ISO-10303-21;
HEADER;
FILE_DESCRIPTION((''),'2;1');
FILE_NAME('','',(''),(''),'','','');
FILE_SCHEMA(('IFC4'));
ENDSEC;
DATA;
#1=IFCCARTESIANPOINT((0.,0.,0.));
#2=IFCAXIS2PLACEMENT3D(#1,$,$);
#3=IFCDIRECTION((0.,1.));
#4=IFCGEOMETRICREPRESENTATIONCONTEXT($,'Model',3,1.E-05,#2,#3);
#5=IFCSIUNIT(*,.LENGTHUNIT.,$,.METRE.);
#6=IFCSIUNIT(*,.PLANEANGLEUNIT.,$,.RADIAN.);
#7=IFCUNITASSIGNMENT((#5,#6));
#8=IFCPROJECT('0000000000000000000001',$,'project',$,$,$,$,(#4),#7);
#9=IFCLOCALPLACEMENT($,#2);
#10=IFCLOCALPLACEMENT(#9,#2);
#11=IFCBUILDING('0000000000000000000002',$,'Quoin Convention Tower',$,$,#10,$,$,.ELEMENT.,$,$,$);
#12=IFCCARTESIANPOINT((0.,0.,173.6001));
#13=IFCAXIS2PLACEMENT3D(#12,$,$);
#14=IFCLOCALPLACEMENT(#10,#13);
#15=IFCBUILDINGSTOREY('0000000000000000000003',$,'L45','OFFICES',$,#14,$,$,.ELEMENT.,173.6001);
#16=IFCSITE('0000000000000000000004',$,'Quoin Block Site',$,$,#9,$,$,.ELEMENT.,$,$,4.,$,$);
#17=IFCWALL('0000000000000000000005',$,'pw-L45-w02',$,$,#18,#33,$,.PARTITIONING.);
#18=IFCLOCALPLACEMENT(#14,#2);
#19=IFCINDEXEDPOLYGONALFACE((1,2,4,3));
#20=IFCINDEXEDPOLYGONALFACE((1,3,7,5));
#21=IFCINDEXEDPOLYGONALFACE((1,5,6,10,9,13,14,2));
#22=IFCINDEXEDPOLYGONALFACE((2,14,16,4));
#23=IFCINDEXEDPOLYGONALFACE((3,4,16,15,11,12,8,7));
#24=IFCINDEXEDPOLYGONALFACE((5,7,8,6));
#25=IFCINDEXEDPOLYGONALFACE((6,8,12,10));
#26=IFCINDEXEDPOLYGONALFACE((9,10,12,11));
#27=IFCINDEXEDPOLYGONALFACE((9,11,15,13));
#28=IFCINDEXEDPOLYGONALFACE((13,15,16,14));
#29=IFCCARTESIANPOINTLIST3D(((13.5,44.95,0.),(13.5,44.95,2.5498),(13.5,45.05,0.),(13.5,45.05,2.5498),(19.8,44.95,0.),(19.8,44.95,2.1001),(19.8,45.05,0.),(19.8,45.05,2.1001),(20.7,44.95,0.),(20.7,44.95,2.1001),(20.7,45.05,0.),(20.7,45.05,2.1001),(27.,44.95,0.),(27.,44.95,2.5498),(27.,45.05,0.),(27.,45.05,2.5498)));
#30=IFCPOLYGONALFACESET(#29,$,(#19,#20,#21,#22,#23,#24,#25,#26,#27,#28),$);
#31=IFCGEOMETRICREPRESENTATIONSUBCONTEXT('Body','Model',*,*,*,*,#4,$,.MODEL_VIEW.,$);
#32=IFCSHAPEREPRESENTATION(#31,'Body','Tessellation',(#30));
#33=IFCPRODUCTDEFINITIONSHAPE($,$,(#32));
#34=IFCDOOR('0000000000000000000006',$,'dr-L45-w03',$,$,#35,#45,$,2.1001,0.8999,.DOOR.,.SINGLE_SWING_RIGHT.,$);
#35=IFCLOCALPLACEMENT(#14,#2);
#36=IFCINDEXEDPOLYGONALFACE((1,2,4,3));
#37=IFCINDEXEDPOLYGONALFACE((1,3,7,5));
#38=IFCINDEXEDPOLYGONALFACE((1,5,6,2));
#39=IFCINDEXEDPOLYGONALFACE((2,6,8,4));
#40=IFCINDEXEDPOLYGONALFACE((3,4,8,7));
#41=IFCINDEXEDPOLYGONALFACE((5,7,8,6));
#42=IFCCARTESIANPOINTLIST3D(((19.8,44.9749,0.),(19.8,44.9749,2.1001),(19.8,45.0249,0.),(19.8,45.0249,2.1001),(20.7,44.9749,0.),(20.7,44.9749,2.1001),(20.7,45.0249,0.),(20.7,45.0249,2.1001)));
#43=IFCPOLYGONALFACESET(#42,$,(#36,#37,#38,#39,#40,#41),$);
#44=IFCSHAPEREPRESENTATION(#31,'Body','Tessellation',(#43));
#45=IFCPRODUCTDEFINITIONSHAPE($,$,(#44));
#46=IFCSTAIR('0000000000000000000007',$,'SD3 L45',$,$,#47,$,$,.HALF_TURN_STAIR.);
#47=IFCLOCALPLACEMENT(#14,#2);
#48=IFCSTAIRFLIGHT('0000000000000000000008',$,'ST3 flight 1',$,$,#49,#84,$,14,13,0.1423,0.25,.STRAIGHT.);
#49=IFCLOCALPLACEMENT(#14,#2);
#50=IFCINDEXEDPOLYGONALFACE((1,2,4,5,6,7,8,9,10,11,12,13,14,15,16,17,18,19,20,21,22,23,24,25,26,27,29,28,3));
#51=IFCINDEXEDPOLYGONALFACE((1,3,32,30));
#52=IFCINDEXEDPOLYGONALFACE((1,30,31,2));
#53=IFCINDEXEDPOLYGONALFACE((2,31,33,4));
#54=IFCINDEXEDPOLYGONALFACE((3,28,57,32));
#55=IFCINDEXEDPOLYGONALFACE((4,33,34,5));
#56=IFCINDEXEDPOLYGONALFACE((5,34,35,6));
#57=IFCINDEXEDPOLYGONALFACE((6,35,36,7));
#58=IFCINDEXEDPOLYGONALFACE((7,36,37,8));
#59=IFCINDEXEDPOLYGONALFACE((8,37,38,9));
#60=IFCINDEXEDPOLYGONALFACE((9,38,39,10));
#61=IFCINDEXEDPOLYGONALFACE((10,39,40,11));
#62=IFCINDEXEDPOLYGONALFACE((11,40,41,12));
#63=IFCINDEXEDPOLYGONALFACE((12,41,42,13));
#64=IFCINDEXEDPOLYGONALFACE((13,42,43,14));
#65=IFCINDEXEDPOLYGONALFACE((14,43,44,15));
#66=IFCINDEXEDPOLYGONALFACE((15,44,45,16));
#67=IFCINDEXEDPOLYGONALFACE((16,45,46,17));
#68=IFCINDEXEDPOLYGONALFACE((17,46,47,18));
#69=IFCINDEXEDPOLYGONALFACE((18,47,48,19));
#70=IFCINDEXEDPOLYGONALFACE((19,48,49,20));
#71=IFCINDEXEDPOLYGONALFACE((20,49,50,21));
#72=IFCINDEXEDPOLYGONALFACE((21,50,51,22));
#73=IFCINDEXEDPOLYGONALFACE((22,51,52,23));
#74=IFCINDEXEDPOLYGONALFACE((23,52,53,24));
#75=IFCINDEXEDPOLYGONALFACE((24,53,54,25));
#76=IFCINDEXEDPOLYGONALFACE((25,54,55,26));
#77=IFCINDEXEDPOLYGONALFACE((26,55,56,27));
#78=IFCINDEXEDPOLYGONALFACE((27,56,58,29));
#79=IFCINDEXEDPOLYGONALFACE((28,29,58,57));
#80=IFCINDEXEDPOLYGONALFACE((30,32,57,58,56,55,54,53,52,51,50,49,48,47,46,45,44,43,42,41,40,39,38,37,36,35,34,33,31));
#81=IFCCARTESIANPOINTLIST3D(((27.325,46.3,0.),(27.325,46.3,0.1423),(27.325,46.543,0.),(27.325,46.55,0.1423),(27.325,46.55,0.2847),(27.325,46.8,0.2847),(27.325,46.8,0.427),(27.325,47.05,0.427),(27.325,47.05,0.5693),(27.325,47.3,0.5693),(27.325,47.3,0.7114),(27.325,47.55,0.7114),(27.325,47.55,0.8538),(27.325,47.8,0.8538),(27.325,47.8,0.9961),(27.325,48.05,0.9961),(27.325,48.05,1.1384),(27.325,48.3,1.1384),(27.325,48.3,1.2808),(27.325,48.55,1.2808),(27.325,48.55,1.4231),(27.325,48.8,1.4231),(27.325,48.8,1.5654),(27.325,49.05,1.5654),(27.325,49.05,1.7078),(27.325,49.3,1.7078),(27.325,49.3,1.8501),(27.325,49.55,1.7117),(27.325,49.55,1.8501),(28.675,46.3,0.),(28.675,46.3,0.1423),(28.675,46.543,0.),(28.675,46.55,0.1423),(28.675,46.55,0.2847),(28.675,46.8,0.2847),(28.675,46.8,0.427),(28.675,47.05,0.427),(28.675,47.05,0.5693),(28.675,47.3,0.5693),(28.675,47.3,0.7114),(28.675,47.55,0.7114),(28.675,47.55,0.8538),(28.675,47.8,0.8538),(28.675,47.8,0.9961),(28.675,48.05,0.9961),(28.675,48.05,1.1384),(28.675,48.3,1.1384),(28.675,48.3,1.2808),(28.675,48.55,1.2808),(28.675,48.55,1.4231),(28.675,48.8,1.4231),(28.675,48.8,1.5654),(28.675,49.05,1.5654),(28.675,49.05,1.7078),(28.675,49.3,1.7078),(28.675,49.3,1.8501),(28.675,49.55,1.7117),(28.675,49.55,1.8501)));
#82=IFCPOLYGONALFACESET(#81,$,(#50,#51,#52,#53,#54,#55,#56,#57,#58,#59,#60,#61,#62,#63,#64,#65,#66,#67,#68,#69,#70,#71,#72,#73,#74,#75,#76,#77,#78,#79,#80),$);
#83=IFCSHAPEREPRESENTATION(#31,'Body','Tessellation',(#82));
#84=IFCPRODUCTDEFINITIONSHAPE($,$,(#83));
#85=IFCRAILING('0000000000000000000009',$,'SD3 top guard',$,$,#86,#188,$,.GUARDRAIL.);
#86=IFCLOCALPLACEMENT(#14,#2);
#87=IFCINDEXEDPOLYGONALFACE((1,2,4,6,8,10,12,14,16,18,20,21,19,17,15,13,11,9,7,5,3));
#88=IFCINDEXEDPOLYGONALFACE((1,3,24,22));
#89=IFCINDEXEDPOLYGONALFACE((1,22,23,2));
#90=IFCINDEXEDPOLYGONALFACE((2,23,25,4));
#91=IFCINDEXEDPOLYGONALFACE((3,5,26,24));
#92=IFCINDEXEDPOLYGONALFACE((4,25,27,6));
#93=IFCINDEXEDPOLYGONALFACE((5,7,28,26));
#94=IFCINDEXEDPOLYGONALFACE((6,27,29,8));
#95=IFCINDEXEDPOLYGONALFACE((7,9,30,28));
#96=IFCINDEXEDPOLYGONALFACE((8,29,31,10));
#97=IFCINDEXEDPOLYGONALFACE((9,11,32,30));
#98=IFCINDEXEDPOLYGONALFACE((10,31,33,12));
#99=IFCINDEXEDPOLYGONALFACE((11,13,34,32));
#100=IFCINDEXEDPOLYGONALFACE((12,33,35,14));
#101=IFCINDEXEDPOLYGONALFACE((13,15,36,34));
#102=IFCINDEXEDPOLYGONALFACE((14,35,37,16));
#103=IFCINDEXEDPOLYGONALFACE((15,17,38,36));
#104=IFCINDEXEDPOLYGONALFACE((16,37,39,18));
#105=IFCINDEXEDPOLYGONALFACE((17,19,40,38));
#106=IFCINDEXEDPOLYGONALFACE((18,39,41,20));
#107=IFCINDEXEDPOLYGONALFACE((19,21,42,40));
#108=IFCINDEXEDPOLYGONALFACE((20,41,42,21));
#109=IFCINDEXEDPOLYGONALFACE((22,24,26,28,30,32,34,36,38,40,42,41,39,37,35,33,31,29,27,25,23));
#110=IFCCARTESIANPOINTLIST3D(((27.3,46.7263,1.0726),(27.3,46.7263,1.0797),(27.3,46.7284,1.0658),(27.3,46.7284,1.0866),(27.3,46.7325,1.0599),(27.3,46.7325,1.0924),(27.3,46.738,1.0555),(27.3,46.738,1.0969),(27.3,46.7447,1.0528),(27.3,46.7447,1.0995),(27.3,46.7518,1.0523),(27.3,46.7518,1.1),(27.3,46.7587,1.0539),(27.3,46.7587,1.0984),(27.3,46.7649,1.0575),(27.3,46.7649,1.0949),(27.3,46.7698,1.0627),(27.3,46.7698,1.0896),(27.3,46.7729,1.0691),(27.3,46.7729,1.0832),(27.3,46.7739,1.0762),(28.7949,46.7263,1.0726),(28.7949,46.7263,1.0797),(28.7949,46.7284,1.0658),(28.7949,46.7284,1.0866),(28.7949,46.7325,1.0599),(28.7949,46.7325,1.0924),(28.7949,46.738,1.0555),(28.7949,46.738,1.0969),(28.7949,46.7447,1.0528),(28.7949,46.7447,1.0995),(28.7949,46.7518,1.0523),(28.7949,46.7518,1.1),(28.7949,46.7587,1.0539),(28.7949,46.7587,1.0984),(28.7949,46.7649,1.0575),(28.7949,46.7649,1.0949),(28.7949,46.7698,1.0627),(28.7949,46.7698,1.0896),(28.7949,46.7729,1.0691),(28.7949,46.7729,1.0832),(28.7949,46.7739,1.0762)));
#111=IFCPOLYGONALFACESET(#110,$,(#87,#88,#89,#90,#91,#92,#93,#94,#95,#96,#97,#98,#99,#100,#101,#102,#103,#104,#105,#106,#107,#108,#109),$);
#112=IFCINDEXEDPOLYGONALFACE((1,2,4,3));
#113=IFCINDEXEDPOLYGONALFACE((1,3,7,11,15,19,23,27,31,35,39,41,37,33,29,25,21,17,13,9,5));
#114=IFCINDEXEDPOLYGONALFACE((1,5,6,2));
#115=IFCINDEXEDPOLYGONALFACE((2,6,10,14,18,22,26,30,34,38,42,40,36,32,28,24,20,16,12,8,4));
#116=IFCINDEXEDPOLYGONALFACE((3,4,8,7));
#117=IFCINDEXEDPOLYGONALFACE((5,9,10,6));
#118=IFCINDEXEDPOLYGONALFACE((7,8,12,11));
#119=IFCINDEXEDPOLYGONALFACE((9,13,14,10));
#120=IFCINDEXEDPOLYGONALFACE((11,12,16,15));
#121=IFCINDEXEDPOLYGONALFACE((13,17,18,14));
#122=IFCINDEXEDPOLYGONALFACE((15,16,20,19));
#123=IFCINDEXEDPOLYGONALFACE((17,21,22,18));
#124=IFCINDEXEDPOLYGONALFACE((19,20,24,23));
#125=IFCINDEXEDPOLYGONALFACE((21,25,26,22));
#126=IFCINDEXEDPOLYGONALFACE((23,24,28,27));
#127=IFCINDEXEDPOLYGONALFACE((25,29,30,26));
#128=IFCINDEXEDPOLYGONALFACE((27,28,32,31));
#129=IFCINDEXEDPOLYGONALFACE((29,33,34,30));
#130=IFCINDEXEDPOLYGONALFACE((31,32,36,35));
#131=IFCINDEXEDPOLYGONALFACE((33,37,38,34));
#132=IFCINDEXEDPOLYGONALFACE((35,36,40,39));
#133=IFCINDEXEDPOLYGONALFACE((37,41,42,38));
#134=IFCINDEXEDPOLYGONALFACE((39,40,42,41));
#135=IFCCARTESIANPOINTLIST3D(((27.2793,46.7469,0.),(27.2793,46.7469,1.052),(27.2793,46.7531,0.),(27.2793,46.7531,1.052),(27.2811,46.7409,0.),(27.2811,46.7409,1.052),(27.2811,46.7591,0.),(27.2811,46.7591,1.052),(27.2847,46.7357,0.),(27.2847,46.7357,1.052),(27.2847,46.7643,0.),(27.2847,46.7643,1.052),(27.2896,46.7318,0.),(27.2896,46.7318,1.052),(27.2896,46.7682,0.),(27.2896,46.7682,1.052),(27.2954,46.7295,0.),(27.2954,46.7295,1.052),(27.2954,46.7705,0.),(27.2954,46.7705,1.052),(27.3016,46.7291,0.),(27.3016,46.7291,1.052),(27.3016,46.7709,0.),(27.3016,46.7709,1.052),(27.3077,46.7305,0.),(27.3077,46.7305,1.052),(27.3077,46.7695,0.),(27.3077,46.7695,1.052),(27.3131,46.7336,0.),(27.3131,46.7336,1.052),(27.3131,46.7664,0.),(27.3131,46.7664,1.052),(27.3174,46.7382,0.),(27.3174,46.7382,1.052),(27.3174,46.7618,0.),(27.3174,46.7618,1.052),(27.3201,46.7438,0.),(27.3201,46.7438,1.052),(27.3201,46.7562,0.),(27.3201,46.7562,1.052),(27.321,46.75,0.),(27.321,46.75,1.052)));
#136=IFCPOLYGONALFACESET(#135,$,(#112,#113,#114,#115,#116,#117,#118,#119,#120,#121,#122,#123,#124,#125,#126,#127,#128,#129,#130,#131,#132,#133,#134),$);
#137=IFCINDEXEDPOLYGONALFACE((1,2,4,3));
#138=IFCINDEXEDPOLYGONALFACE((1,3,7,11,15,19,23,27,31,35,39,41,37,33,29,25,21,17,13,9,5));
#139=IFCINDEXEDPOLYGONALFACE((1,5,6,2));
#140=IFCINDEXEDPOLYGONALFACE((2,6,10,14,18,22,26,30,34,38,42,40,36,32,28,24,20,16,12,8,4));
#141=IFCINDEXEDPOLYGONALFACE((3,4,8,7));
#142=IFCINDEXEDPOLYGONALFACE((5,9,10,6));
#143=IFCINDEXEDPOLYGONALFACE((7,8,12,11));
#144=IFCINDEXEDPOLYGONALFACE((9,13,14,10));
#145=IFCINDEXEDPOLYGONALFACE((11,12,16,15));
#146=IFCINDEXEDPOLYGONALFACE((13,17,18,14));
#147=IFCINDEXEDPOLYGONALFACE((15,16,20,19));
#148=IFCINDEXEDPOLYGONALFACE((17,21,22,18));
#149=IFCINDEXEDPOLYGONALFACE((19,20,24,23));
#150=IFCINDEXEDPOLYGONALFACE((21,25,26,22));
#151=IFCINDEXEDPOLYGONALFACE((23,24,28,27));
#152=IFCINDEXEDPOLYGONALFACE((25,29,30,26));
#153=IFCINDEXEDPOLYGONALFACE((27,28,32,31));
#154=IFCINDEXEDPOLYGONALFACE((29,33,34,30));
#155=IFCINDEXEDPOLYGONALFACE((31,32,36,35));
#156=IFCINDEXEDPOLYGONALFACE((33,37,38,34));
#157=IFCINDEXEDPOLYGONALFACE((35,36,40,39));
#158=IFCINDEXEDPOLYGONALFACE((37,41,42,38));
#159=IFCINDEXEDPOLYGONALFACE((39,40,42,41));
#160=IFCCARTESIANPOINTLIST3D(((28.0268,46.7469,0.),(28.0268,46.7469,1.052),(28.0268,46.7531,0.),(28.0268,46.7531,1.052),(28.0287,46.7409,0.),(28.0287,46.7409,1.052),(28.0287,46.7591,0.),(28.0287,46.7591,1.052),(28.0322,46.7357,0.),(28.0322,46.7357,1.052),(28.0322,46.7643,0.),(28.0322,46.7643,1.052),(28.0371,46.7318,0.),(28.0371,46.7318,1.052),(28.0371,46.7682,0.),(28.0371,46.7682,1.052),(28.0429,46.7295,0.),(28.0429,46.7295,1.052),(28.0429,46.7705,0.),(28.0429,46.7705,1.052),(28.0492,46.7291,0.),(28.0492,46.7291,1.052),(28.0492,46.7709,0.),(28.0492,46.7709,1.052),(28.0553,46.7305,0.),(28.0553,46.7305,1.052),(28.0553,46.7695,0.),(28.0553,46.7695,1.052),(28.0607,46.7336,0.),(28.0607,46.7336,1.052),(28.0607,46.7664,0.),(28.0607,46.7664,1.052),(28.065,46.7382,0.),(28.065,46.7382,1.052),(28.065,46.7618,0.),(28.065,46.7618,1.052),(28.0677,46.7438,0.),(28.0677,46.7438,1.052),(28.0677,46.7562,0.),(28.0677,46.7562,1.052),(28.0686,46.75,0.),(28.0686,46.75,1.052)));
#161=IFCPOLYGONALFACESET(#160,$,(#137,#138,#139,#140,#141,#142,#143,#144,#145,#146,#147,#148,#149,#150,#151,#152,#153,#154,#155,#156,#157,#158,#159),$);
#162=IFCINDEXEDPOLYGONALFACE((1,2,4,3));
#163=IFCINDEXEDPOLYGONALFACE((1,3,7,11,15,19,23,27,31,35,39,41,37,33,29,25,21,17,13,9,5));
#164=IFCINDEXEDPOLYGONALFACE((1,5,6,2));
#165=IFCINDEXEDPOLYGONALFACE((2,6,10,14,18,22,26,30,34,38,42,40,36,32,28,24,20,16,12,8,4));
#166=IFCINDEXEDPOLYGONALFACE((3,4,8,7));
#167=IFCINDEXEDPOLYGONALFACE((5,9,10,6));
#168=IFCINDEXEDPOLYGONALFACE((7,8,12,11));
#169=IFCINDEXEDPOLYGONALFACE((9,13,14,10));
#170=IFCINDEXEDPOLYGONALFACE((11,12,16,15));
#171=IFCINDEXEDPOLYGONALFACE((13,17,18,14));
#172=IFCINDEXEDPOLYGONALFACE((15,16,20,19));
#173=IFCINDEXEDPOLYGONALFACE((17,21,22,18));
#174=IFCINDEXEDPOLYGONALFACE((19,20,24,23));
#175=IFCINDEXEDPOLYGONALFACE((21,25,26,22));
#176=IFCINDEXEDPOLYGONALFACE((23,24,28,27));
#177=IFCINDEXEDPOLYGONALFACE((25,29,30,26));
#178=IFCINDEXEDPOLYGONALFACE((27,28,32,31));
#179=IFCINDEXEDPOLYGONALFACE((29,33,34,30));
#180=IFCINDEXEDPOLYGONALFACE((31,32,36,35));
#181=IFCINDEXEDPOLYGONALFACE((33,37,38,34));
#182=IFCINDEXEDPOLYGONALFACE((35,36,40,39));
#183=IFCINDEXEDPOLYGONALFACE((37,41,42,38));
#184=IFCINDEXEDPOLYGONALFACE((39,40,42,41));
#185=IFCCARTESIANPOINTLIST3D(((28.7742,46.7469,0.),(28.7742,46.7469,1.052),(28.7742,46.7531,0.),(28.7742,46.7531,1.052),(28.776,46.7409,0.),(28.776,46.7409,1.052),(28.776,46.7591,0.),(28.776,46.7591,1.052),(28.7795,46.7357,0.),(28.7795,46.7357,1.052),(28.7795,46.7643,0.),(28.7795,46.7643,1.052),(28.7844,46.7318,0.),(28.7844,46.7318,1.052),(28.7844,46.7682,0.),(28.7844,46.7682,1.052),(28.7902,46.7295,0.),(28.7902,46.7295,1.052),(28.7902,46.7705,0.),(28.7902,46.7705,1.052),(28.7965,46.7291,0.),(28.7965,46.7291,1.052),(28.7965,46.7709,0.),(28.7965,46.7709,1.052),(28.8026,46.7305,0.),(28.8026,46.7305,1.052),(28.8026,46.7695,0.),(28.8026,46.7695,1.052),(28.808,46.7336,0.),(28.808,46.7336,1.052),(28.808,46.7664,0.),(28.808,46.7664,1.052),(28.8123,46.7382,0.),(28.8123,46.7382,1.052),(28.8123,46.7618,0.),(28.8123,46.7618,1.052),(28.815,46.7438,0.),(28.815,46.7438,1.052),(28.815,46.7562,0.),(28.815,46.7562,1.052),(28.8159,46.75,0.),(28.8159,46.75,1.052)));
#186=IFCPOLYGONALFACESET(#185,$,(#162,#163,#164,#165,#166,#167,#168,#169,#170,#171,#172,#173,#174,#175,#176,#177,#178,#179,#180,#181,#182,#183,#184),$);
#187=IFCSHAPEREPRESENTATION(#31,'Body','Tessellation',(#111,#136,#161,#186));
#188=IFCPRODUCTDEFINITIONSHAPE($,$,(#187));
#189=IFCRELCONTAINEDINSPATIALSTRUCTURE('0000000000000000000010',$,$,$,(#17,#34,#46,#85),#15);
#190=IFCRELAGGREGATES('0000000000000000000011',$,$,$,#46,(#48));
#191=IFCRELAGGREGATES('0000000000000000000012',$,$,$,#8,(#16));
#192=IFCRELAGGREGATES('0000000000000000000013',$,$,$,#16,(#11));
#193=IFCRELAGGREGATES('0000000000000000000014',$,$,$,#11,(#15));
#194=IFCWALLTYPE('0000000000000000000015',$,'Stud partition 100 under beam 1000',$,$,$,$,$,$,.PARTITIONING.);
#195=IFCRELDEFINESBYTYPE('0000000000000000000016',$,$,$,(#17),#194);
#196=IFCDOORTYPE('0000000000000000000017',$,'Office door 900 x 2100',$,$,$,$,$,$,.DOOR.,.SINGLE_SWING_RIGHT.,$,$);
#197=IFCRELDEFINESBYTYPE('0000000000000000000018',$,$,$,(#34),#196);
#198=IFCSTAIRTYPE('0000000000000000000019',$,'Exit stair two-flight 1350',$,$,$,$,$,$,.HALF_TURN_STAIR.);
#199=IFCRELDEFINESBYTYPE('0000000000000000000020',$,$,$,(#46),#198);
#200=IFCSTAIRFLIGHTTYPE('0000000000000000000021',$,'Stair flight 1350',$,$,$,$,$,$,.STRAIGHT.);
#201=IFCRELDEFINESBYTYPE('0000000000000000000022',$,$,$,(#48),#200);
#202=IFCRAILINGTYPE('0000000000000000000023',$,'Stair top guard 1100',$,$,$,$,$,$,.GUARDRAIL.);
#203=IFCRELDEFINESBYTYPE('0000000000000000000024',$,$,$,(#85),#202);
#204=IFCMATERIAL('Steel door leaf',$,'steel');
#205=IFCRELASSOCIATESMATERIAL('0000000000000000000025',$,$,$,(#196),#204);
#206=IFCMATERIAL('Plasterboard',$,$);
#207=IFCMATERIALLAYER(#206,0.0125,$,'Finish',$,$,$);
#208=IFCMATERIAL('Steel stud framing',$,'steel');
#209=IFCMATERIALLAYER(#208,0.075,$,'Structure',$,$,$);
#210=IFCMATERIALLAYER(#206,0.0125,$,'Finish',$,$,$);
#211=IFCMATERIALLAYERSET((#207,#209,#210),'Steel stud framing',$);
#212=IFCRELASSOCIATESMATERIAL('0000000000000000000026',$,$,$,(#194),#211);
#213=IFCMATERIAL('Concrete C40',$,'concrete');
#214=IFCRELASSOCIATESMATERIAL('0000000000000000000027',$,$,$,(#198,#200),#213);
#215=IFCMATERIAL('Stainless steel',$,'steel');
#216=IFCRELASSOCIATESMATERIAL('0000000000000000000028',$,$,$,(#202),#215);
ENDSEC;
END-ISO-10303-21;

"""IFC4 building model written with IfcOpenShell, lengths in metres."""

from ifc_helpers import new_model, si_unit, direction, frame, frame_2d, origin, origin_2d, place, context, subcontext, project, spatial, polyline, rectangle, circle, outline, extrude, material, layer, layer_set, type_object, element, fill, aggregate, save


model = new_model("IFC4")

# Units and contexts
model_context = context("Model", 3, precision=1e-05, world=origin(), true_north=direction((0.0, 1.0)))
body_context = subcontext(model_context, "Body", "Model", "MODEL_VIEW")
ifc_project = project(units=[si_unit("LENGTHUNIT", "METRE"), si_unit("PLANEANGLEUNIT", "RADIAN")], contexts=[model_context])

# Site, building, storey
site_placement = place(None, origin())
site = spatial("IfcSite", under=ifc_project, at=site_placement, Name="Quoin Block Site", CompositionType="ELEMENT", RefElevation=4.0)
building_placement = place(site_placement, origin())
building = spatial("IfcBuilding", under=site, at=building_placement, Name="Quoin Convention Tower", CompositionType="ELEMENT")
storey_placement = place(building_placement, frame((0.0, 0.0, 173.6001)))
storey = spatial("IfcBuildingStorey", under=building, at=storey_placement, Name="L45", Description="OFFICES", CompositionType="ELEMENT", Elevation=173.6001)

# Shared definitions
ifc_material_1 = material(Name="Plasterboard")
ifc_material_2 = material(Name="Steel stud framing", Category="steel")
ifc_material_3 = material(Name="Steel door leaf", Category="steel")
door_type_1 = type_object("IfcDoorType", Name="Office door 900 x 2100", OperationType="SINGLE_SWING_RIGHT", PredefinedType="DOOR", material=ifc_material_3)

# Wall, opening, door
ifc_layer_1 = layer(ifc_material_1, 0.0125, Name="Finish")
ifc_layer_2 = layer(ifc_material_2, 0.075, Name="Structure")
ifc_layer_3 = layer(ifc_material_1, 0.0125, Name="Finish")
ifc_layer_set_1 = layer_set([ifc_layer_1, ifc_layer_2, ifc_layer_3], Name="Steel stud framing")
wall_type_1 = type_object("IfcWallType", Name="Stud partition 100 under beam 1000", PredefinedType="PARTITIONING", material=ifc_layer_set_1)
wall_1_placement = place(storey_placement, frame((27.0, 45.0, 0.0), z_axis=(0.0, 0.0, 1.0), x_axis=(-1.0, 0.0, 0.0)))
wall_1 = element("IfcWall", 1, at=wall_1_placement, inside=storey, type_object=wall_type_1, Name="pw-L45-w02", PredefinedType="PARTITIONING", context=body_context, shape_type="SweptSolid", body=[
    extrude(rectangle(XDim=13.5, YDim=0.1001, at=frame_2d((6.75, 0.0))), origin(), (0.0, 0.0, 1.0), 2.5498),
])
opening_1_placement = place(wall_1_placement, frame((6.3, 0.0, 0.0)))
opening_1 = element("IfcOpeningElement", 2, at=opening_1_placement, cuts=wall_1, PredefinedType="OPENING", context=body_context, shape_type="SweptSolid", body=[
    extrude(rectangle(XDim=0.8999, YDim=2.1001, at=frame_2d((0.45, 1.05))), frame((0.0, 0.0601, 0.0), z_axis=(0.0, -1.0, 0.0), x_axis=(1.0, 0.0, 0.0)), (0.0, 0.0, 1.0), 0.1201),
])
door_1_placement = place(opening_1_placement, frame((0.8999, 0.0, 0.0), z_axis=(0.0, 0.0, 1.0), x_axis=(-1.0, 0.0, 0.0)))
door_1 = element("IfcDoor", 3, at=door_1_placement, inside=storey, type_object=door_type_1, Name="dr-L45-w03", OperationType="SINGLE_SWING_RIGHT", OverallHeight=2.1001, OverallWidth=0.8999, PredefinedType="DOOR", context=body_context, shape_type="SweptSolid", body=[
    extrude(rectangle(XDim=0.8999, YDim=2.1001, at=frame_2d((0.45, 1.05))), frame((0.0, 0.0249, 0.0), z_axis=(0.0, -1.0, 0.0), x_axis=(1.0, 0.0, 0.0)), (0.0, 0.0, 1.0), 0.05),
])
fill(opening_1, door_1)

# Stair, stair flight
ifc_material_4 = material(Name="Concrete C40", Category="concrete")
stair_type = type_object("IfcStairType", Name="Exit stair two-flight 1350", PredefinedType="HALF_TURN_STAIR", material=ifc_material_4)
stair_placement = place(storey_placement, origin())
stair = element("IfcStair", 4, at=stair_placement, inside=storey, type_object=stair_type, Name="SD3 L45", PredefinedType="HALF_TURN_STAIR")
stair_flight_type = type_object("IfcStairFlightType", Name="Stair flight 1350", PredefinedType="STRAIGHT", material=ifc_material_4)
stair_flight_placement = place(storey_placement, frame((28.0, 46.3, 0.0), z_axis=(0.0, 0.0, 1.0), x_axis=(0.0, 1.0, 0.0)))
stair_flight = element("IfcStairFlight", 5, at=stair_flight_placement, type_object=stair_flight_type, Name="ST3 flight 1", NumberOfRisers=14, NumberOfTreads=13, PredefinedType="STRAIGHT", RiserHeight=0.1423, TreadLength=0.25, context=body_context, shape_type="SweptSolid", body=[
    extrude(outline(polyline([(0.0, 0.0), (0.0, 0.1423), (0.25, 0.1423), (0.25, 0.2847), (0.5, 0.2847), (0.5, 0.427), (0.75, 0.427), (0.75, 0.5693), (1.0, 0.5693), (1.0, 0.7114), (1.25, 0.7114), (1.25, 0.8538), (1.5, 0.8538), (1.5, 0.9961), (1.75, 0.9961), (1.75, 1.1384), (2.0, 1.1384), (2.0, 1.2808), (2.25, 1.2808), (2.25, 1.4231), (2.5, 1.4231), (2.5, 1.5654), (2.75, 1.5654), (2.75, 1.7078), (3.0, 1.7078), (3.0, 1.8501), (3.25, 1.8501), (3.25, 1.9922), (3.25, 1.7117), (0.2429, 0.0), (0.0, 0.0)])), frame((0.0, 0.675, 0.0), z_axis=(0.0, -1.0, 0.0), x_axis=(1.0, 0.0, 0.0)), (0.0, 0.0, 1.0), 1.3501),
])
aggregate(stair, [stair_flight])

# Railing
ifc_material_5 = material(Name="Stainless steel", Category="steel")
railing_type_1 = type_object("IfcRailingType", Name="Stair top guard 1100", PredefinedType="GUARDRAIL", material=ifc_material_5)
railing_1_placement = place(storey_placement, frame((27.3, 46.75, 0.0)))
element("IfcRailing", 6, at=railing_1_placement, inside=storey, type_object=railing_type_1, Name="SD3 top guard", PredefinedType="GUARDRAIL", context=body_context, shape_type="SweptSolid", body=[
    extrude(circle(Radius=0.0239, at=origin_2d()), frame((0.0, 0.0, 1.0762), z_axis=(1.0, 0.0, 0.0), x_axis=(0.0, 1.0, 0.0)), (0.0, 0.0, 1.0), 1.4949),
    extrude(circle(Radius=0.021, at=origin_2d()), origin(), (0.0, 0.0, 1.0), 1.052),
    extrude(circle(Radius=0.021, at=origin_2d()), frame((0.7476, 0.0, 0.0)), (0.0, 0.0, 1.0), 1.052),
    extrude(circle(Radius=0.021, at=origin_2d()), frame((1.4949, 0.0, 0.0)), (0.0, 0.0, 1.0), 1.052),
])

save(model, "model.ifc")
